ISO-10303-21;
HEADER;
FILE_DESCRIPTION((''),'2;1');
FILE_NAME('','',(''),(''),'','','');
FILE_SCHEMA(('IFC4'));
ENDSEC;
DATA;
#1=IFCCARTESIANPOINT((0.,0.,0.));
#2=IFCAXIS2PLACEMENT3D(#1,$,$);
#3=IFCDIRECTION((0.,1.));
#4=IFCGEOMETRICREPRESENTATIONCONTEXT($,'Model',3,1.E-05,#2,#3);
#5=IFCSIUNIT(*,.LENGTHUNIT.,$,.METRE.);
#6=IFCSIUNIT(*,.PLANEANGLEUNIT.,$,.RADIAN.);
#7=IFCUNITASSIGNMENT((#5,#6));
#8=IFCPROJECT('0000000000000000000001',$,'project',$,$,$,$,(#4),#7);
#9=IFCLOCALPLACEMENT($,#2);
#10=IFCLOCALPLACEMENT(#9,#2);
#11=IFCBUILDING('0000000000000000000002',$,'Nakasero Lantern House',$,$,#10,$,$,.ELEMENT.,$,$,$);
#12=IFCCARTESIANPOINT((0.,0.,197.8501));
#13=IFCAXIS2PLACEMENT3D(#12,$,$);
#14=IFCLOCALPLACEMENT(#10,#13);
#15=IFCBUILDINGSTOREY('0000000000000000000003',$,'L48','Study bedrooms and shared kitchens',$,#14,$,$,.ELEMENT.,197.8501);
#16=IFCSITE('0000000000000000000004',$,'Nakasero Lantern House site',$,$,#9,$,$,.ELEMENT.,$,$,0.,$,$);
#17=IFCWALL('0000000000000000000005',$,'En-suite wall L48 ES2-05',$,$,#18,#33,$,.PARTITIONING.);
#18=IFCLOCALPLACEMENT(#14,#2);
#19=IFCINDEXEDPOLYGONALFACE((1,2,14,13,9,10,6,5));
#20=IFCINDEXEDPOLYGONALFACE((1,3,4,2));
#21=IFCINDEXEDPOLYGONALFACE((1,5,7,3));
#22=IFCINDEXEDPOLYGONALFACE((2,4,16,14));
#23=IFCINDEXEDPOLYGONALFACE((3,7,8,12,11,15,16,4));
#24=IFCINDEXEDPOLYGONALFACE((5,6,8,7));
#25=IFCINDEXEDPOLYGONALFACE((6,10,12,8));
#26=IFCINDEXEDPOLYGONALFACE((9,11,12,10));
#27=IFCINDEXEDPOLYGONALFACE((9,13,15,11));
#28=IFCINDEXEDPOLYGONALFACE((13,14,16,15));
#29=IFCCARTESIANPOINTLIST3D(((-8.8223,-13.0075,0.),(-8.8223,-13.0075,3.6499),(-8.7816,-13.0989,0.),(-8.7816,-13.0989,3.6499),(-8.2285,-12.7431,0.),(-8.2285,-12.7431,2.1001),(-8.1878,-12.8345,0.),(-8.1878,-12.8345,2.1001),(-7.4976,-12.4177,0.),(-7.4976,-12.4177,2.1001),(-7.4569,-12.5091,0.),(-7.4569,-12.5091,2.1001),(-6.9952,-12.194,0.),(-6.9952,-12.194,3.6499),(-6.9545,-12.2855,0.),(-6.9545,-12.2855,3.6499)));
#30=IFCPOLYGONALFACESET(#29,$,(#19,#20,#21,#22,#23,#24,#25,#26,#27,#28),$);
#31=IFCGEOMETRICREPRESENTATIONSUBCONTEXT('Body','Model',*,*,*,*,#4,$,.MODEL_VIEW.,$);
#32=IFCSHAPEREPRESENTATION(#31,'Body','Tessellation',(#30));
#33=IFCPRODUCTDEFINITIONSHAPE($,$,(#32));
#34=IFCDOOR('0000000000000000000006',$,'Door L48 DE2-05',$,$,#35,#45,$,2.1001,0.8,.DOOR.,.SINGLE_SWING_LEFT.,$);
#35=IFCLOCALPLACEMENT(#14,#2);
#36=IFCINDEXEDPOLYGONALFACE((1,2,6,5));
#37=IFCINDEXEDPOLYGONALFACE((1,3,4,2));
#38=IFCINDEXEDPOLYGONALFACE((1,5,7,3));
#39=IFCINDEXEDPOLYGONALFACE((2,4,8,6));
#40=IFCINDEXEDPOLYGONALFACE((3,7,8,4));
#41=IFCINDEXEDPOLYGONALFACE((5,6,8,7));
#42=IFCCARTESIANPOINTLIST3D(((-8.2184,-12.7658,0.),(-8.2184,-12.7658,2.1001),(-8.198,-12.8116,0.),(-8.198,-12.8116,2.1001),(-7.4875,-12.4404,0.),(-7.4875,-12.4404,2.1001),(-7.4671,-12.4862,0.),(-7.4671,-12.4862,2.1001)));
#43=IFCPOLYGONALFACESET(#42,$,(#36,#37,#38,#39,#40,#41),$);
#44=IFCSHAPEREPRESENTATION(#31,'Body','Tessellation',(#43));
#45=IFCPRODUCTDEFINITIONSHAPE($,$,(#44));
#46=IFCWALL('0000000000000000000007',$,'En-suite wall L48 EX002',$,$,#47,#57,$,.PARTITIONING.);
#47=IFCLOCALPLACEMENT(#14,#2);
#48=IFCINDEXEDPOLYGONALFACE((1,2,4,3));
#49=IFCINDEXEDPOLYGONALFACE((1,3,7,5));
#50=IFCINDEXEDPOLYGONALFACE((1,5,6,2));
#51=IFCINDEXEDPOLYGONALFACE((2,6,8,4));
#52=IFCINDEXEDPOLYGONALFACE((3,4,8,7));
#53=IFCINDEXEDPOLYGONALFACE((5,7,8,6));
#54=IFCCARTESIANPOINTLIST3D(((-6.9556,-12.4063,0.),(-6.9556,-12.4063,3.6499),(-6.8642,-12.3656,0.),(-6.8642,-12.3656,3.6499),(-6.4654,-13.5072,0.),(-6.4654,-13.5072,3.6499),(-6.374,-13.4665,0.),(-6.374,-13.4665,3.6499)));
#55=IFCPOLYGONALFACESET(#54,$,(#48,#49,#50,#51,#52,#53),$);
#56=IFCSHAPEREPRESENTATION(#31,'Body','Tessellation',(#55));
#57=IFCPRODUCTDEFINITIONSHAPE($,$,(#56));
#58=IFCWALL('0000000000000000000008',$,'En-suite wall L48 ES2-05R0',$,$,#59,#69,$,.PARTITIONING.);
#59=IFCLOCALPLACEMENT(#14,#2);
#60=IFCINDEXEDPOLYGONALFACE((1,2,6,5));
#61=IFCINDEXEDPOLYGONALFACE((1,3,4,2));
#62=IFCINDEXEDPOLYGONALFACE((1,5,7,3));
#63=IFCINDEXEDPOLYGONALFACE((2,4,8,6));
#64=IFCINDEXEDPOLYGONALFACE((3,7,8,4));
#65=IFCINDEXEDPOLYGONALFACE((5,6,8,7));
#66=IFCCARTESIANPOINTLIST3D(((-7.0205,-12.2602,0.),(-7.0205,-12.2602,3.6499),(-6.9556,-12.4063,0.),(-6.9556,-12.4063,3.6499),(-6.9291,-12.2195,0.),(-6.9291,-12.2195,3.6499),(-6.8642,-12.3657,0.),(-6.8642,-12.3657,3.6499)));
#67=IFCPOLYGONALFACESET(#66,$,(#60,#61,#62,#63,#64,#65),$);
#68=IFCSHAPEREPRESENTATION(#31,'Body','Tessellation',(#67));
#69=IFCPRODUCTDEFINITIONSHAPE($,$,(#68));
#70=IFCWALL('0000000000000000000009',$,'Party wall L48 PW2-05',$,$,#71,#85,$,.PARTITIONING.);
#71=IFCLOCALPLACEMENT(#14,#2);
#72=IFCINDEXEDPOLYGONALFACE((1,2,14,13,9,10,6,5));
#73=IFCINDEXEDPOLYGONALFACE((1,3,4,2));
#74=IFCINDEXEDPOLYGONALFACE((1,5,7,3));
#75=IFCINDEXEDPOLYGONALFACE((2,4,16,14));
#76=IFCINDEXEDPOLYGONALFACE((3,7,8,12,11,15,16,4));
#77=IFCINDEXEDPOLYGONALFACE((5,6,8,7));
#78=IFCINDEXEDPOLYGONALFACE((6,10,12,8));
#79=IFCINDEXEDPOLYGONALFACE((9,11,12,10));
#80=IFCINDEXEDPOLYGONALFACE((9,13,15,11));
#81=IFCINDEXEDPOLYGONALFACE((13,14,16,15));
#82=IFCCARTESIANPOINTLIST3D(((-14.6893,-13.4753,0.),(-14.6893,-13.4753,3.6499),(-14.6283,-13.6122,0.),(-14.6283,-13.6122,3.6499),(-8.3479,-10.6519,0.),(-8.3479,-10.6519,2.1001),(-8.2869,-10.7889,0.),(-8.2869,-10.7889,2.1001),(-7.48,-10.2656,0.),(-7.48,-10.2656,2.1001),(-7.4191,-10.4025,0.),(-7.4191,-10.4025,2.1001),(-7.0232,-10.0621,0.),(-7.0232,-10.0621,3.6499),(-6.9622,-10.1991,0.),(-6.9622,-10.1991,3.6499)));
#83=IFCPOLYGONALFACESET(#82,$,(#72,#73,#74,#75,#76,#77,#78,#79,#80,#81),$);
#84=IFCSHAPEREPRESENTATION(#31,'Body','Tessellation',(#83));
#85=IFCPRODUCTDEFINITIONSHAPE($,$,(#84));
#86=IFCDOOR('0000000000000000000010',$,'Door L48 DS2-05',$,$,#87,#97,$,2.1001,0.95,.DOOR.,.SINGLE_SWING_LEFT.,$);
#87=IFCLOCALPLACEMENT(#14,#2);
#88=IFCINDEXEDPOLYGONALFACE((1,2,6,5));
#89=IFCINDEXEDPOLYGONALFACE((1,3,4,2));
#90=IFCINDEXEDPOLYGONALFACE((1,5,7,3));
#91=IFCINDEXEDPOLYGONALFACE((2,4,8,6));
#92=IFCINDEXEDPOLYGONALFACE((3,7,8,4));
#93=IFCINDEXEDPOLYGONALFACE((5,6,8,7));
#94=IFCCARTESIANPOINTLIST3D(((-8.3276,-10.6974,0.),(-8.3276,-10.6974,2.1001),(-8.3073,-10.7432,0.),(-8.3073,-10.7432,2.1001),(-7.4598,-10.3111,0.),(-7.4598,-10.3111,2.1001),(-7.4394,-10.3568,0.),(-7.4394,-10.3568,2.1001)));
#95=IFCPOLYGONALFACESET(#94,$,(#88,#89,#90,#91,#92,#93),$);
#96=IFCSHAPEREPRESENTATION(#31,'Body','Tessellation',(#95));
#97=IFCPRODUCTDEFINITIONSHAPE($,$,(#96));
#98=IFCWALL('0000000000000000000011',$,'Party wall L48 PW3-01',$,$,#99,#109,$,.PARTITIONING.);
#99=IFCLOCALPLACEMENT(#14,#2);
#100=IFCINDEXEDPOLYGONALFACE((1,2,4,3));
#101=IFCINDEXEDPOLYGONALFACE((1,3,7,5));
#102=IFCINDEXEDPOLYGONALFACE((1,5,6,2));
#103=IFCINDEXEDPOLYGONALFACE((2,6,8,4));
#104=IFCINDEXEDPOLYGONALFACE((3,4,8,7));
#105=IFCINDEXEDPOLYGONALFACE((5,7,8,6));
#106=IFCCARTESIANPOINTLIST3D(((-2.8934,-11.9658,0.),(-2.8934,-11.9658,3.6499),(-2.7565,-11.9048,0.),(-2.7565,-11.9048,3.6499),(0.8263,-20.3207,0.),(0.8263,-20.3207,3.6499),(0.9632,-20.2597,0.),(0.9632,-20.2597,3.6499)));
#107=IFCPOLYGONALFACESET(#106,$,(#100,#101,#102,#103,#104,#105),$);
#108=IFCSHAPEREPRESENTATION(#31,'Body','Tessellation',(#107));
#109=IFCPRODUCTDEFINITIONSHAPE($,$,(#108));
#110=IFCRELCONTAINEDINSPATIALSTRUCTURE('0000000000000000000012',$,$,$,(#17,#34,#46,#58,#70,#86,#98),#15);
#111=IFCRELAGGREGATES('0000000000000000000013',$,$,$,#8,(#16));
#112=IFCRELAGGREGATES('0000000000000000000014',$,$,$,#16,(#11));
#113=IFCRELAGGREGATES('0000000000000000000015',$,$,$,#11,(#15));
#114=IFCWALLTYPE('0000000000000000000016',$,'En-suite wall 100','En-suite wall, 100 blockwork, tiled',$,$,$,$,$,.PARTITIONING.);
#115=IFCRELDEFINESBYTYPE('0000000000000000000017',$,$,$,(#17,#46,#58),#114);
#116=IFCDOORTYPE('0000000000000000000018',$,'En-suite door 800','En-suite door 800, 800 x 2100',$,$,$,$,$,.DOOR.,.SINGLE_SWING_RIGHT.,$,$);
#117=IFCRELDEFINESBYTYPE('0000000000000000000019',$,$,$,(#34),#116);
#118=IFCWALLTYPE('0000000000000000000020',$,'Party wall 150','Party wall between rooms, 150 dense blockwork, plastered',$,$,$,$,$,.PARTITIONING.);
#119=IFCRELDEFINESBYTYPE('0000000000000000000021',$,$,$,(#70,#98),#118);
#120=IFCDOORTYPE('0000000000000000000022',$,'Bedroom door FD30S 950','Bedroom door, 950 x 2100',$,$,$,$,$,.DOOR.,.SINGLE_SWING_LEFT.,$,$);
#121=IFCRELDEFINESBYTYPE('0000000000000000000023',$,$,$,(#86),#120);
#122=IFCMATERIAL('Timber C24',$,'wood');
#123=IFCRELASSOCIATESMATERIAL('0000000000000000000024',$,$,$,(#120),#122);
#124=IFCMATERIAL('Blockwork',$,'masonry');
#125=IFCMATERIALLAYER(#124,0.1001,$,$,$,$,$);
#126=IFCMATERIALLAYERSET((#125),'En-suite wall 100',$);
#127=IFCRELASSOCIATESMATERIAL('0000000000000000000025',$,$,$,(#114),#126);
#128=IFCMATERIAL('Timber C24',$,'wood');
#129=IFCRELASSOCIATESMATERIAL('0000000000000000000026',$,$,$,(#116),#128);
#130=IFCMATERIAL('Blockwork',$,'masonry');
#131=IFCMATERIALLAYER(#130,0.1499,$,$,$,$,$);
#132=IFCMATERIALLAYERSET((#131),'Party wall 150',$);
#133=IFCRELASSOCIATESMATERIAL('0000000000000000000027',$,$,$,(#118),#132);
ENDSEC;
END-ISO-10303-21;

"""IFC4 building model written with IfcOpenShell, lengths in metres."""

from ifc_helpers import new_model, si_unit, direction, frame, frame_2d, origin, place, context, subcontext, project, spatial, rectangle, extrude, material, layer, layer_set, type_object, element, fill, save


model = new_model("IFC4")

# Units and contexts
model_context = context("Model", 3, precision=1e-05, world=origin(), true_north=direction((0.0, 1.0)))
body_context = subcontext(model_context, "Body", "Model", "MODEL_VIEW")
ifc_project = project(units=[si_unit("LENGTHUNIT", "METRE"), si_unit("PLANEANGLEUNIT", "RADIAN")], contexts=[model_context])

# Site, building, storey
site_placement = place(None, origin())
site = spatial("IfcSite", under=ifc_project, at=site_placement, Name="Nakasero Lantern House site", CompositionType="ELEMENT", RefElevation=0.0)
building_placement = place(site_placement, origin())
building = spatial("IfcBuilding", under=site, at=building_placement, Name="Nakasero Lantern House", CompositionType="ELEMENT")
storey_placement = place(building_placement, frame((0.0, 0.0, 197.8501)))
storey = spatial("IfcBuildingStorey", under=building, at=storey_placement, Name="L48", Description="Study bedrooms and shared kitchens", CompositionType="ELEMENT", Elevation=197.8501)

# Wall, opening, door
ifc_material_1 = material(Name="Timber C24", Category="wood")
door_type_1 = type_object("IfcDoorType", Name="Bedroom door FD30S 950", Description="Bedroom door, 950 x 2100", OperationType="SINGLE_SWING_LEFT", PredefinedType="DOOR", material=ifc_material_1)
ifc_material_2 = material(Name="Blockwork", Category="masonry")
ifc_layer_1 = layer(ifc_material_2, 0.1001)
ifc_layer_set_1 = layer_set([ifc_layer_1], Name="En-suite wall 100")
wall_type_1 = type_object("IfcWallType", Name="En-suite wall 100", Description="En-suite wall, 100 blockwork, tiled", PredefinedType="PARTITIONING", material=ifc_layer_set_1)
wall_1_placement = place(storey_placement, frame((-6.9749, -12.2397, 0.0), z_axis=(0.0, 0.0, 1.0), x_axis=(-0.91355, -0.406727, 0.0)))
wall_1 = element("IfcWall", 1, at=wall_1_placement, inside=storey, type_object=wall_type_1, Name="En-suite wall L48 ES2-05", PredefinedType="PARTITIONING", context=body_context, shape_type="SweptSolid", body=[
    extrude(rectangle(XDim=2.0, YDim=0.1001, at=frame_2d((1.0, 0.0))), origin(), (0.0, 0.0, 1.0), 3.6499),
])
opening_1_placement = place(wall_1_placement, frame((0.55, 0.0, 0.0)))
opening_1 = element("IfcOpeningElement", 2, at=opening_1_placement, cuts=wall_1, PredefinedType="OPENING", context=body_context, shape_type="SweptSolid", body=[
    extrude(rectangle(XDim=0.8, YDim=2.1001, at=frame_2d((0.3999, 1.05))), frame((0.0, 0.0701, 0.0), z_axis=(0.0, -1.0, 0.0), x_axis=(1.0, 0.0, 0.0)), (0.0, 0.0, 1.0), 0.1401),
])
ifc_material_3 = material(Name="Timber C24", Category="wood")
door_type_2 = type_object("IfcDoorType", Name="En-suite door 800", Description="En-suite door 800, 800 x 2100", OperationType="SINGLE_SWING_RIGHT", PredefinedType="DOOR", material=ifc_material_3)
door_1_placement = place(opening_1_placement, origin())
door_1 = element("IfcDoor", 3, at=door_1_placement, inside=storey, type_object=door_type_2, Name="Door L48 DE2-05", OperationType="SINGLE_SWING_LEFT", OverallHeight=2.1001, OverallWidth=0.8, PredefinedType="DOOR", context=body_context, shape_type="SweptSolid", body=[
    extrude(rectangle(XDim=0.8, YDim=2.1001, at=frame_2d((0.3999, 1.05))), frame((0.0, 0.0249, 0.0), z_axis=(0.0, -1.0, 0.0), x_axis=(1.0, 0.0, 0.0)), (0.0, 0.0, 1.0), 0.05),
])
fill(opening_1, door_1)

# Walls
wall_2_placement = place(storey_placement, frame((-6.4197, -13.4868, 0.0), z_axis=(0.0, 0.0, 1.0), x_axis=(-0.406815, 0.913511, 0.0)))
element("IfcWall", 4, at=wall_2_placement, inside=storey, type_object=wall_type_1, Name="En-suite wall L48 EX002", PredefinedType="PARTITIONING", context=body_context, shape_type="SweptSolid", body=[
    extrude(rectangle(XDim=1.2051, YDim=0.1001, at=frame_2d((0.6025, 0.0))), origin(), (0.0, 0.0, 1.0), 3.6499),
])
wall_3_placement = place(storey_placement, frame((-6.9749, -12.2397, 0.0), z_axis=(0.0, 0.0, 1.0), x_axis=(0.405855, -0.913937, 0.0)))
element("IfcWall", 5, at=wall_3_placement, inside=storey, type_object=wall_type_1, Name="En-suite wall L48 ES2-05R0", PredefinedType="PARTITIONING", context=body_context, shape_type="SweptSolid", body=[
    extrude(rectangle(XDim=0.1599, YDim=0.1001, at=frame_2d((0.0801, 0.0))), origin(), (0.0, 0.0, 1.0), 3.6499),
])

# Wall, opening, door
ifc_material_4 = material(Name="Blockwork", Category="masonry")
ifc_layer_2 = layer(ifc_material_4, 0.1499)
ifc_layer_set_2 = layer_set([ifc_layer_2], Name="Party wall 150")
wall_type_2 = type_object("IfcWallType", Name="Party wall 150", Description="Party wall between rooms, 150 dense blockwork, plastered", PredefinedType="PARTITIONING", material=ifc_layer_set_2)
wall_4_placement = place(storey_placement, frame((-6.9927, -10.1306, 0.0), z_axis=(0.0, 0.0, 1.0), x_axis=(-0.913547, -0.406732, 0.0)))
wall_4 = element("IfcWall", 6, at=wall_4_placement, inside=storey, type_object=wall_type_2, Name="Party wall L48 PW2-05", PredefinedType="PARTITIONING", context=body_context, shape_type="SweptSolid", body=[
    extrude(rectangle(XDim=8.3916, YDim=0.1499, at=frame_2d((4.1958, 0.0))), origin(), (0.0, 0.0, 1.0), 3.6499),
])
opening_2_placement = place(wall_4_placement, frame((0.5, 0.0, 0.0)))
opening_2 = element("IfcOpeningElement", 7, at=opening_2_placement, cuts=wall_4, PredefinedType="OPENING", context=body_context, shape_type="SweptSolid", body=[
    extrude(rectangle(XDim=0.95, YDim=2.1001, at=frame_2d((0.4751, 1.05))), frame((0.0, 0.095, 0.0), z_axis=(0.0, -1.0, 0.0), x_axis=(1.0, 0.0, 0.0)), (0.0, 0.0, 1.0), 0.1899),
])
door_2_placement = place(opening_2_placement, origin())
door_2 = element("IfcDoor", 8, at=door_2_placement, inside=storey, type_object=door_type_1, Name="Door L48 DS2-05", OperationType="SINGLE_SWING_LEFT", OverallHeight=2.1001, OverallWidth=0.95, PredefinedType="DOOR", context=body_context, shape_type="SweptSolid", body=[
    extrude(rectangle(XDim=0.95, YDim=2.1001, at=frame_2d((0.4751, 1.05))), frame((0.0, 0.0249, 0.0), z_axis=(0.0, -1.0, 0.0), x_axis=(1.0, 0.0, 0.0)), (0.0, 0.0, 1.0), 0.05),
])
fill(opening_2, door_2)

# Wall
wall_5_placement = place(storey_placement, frame((-2.825, -11.9353, 0.0), z_axis=(0.0, 0.0, 1.0), x_axis=(0.406723, -0.913552, 0.0)))
element("IfcWall", 9, at=wall_5_placement, inside=storey, type_object=wall_type_2, Name="Party wall L48 PW3-01", PredefinedType="PARTITIONING", context=body_context, shape_type="SweptSolid", body=[
    extrude(rectangle(XDim=9.1455, YDim=0.1499, at=frame_2d((4.5728, 0.0))), origin(), (0.0, 0.0, 1.0), 3.6499),
])

save(model, "model.ifc")
